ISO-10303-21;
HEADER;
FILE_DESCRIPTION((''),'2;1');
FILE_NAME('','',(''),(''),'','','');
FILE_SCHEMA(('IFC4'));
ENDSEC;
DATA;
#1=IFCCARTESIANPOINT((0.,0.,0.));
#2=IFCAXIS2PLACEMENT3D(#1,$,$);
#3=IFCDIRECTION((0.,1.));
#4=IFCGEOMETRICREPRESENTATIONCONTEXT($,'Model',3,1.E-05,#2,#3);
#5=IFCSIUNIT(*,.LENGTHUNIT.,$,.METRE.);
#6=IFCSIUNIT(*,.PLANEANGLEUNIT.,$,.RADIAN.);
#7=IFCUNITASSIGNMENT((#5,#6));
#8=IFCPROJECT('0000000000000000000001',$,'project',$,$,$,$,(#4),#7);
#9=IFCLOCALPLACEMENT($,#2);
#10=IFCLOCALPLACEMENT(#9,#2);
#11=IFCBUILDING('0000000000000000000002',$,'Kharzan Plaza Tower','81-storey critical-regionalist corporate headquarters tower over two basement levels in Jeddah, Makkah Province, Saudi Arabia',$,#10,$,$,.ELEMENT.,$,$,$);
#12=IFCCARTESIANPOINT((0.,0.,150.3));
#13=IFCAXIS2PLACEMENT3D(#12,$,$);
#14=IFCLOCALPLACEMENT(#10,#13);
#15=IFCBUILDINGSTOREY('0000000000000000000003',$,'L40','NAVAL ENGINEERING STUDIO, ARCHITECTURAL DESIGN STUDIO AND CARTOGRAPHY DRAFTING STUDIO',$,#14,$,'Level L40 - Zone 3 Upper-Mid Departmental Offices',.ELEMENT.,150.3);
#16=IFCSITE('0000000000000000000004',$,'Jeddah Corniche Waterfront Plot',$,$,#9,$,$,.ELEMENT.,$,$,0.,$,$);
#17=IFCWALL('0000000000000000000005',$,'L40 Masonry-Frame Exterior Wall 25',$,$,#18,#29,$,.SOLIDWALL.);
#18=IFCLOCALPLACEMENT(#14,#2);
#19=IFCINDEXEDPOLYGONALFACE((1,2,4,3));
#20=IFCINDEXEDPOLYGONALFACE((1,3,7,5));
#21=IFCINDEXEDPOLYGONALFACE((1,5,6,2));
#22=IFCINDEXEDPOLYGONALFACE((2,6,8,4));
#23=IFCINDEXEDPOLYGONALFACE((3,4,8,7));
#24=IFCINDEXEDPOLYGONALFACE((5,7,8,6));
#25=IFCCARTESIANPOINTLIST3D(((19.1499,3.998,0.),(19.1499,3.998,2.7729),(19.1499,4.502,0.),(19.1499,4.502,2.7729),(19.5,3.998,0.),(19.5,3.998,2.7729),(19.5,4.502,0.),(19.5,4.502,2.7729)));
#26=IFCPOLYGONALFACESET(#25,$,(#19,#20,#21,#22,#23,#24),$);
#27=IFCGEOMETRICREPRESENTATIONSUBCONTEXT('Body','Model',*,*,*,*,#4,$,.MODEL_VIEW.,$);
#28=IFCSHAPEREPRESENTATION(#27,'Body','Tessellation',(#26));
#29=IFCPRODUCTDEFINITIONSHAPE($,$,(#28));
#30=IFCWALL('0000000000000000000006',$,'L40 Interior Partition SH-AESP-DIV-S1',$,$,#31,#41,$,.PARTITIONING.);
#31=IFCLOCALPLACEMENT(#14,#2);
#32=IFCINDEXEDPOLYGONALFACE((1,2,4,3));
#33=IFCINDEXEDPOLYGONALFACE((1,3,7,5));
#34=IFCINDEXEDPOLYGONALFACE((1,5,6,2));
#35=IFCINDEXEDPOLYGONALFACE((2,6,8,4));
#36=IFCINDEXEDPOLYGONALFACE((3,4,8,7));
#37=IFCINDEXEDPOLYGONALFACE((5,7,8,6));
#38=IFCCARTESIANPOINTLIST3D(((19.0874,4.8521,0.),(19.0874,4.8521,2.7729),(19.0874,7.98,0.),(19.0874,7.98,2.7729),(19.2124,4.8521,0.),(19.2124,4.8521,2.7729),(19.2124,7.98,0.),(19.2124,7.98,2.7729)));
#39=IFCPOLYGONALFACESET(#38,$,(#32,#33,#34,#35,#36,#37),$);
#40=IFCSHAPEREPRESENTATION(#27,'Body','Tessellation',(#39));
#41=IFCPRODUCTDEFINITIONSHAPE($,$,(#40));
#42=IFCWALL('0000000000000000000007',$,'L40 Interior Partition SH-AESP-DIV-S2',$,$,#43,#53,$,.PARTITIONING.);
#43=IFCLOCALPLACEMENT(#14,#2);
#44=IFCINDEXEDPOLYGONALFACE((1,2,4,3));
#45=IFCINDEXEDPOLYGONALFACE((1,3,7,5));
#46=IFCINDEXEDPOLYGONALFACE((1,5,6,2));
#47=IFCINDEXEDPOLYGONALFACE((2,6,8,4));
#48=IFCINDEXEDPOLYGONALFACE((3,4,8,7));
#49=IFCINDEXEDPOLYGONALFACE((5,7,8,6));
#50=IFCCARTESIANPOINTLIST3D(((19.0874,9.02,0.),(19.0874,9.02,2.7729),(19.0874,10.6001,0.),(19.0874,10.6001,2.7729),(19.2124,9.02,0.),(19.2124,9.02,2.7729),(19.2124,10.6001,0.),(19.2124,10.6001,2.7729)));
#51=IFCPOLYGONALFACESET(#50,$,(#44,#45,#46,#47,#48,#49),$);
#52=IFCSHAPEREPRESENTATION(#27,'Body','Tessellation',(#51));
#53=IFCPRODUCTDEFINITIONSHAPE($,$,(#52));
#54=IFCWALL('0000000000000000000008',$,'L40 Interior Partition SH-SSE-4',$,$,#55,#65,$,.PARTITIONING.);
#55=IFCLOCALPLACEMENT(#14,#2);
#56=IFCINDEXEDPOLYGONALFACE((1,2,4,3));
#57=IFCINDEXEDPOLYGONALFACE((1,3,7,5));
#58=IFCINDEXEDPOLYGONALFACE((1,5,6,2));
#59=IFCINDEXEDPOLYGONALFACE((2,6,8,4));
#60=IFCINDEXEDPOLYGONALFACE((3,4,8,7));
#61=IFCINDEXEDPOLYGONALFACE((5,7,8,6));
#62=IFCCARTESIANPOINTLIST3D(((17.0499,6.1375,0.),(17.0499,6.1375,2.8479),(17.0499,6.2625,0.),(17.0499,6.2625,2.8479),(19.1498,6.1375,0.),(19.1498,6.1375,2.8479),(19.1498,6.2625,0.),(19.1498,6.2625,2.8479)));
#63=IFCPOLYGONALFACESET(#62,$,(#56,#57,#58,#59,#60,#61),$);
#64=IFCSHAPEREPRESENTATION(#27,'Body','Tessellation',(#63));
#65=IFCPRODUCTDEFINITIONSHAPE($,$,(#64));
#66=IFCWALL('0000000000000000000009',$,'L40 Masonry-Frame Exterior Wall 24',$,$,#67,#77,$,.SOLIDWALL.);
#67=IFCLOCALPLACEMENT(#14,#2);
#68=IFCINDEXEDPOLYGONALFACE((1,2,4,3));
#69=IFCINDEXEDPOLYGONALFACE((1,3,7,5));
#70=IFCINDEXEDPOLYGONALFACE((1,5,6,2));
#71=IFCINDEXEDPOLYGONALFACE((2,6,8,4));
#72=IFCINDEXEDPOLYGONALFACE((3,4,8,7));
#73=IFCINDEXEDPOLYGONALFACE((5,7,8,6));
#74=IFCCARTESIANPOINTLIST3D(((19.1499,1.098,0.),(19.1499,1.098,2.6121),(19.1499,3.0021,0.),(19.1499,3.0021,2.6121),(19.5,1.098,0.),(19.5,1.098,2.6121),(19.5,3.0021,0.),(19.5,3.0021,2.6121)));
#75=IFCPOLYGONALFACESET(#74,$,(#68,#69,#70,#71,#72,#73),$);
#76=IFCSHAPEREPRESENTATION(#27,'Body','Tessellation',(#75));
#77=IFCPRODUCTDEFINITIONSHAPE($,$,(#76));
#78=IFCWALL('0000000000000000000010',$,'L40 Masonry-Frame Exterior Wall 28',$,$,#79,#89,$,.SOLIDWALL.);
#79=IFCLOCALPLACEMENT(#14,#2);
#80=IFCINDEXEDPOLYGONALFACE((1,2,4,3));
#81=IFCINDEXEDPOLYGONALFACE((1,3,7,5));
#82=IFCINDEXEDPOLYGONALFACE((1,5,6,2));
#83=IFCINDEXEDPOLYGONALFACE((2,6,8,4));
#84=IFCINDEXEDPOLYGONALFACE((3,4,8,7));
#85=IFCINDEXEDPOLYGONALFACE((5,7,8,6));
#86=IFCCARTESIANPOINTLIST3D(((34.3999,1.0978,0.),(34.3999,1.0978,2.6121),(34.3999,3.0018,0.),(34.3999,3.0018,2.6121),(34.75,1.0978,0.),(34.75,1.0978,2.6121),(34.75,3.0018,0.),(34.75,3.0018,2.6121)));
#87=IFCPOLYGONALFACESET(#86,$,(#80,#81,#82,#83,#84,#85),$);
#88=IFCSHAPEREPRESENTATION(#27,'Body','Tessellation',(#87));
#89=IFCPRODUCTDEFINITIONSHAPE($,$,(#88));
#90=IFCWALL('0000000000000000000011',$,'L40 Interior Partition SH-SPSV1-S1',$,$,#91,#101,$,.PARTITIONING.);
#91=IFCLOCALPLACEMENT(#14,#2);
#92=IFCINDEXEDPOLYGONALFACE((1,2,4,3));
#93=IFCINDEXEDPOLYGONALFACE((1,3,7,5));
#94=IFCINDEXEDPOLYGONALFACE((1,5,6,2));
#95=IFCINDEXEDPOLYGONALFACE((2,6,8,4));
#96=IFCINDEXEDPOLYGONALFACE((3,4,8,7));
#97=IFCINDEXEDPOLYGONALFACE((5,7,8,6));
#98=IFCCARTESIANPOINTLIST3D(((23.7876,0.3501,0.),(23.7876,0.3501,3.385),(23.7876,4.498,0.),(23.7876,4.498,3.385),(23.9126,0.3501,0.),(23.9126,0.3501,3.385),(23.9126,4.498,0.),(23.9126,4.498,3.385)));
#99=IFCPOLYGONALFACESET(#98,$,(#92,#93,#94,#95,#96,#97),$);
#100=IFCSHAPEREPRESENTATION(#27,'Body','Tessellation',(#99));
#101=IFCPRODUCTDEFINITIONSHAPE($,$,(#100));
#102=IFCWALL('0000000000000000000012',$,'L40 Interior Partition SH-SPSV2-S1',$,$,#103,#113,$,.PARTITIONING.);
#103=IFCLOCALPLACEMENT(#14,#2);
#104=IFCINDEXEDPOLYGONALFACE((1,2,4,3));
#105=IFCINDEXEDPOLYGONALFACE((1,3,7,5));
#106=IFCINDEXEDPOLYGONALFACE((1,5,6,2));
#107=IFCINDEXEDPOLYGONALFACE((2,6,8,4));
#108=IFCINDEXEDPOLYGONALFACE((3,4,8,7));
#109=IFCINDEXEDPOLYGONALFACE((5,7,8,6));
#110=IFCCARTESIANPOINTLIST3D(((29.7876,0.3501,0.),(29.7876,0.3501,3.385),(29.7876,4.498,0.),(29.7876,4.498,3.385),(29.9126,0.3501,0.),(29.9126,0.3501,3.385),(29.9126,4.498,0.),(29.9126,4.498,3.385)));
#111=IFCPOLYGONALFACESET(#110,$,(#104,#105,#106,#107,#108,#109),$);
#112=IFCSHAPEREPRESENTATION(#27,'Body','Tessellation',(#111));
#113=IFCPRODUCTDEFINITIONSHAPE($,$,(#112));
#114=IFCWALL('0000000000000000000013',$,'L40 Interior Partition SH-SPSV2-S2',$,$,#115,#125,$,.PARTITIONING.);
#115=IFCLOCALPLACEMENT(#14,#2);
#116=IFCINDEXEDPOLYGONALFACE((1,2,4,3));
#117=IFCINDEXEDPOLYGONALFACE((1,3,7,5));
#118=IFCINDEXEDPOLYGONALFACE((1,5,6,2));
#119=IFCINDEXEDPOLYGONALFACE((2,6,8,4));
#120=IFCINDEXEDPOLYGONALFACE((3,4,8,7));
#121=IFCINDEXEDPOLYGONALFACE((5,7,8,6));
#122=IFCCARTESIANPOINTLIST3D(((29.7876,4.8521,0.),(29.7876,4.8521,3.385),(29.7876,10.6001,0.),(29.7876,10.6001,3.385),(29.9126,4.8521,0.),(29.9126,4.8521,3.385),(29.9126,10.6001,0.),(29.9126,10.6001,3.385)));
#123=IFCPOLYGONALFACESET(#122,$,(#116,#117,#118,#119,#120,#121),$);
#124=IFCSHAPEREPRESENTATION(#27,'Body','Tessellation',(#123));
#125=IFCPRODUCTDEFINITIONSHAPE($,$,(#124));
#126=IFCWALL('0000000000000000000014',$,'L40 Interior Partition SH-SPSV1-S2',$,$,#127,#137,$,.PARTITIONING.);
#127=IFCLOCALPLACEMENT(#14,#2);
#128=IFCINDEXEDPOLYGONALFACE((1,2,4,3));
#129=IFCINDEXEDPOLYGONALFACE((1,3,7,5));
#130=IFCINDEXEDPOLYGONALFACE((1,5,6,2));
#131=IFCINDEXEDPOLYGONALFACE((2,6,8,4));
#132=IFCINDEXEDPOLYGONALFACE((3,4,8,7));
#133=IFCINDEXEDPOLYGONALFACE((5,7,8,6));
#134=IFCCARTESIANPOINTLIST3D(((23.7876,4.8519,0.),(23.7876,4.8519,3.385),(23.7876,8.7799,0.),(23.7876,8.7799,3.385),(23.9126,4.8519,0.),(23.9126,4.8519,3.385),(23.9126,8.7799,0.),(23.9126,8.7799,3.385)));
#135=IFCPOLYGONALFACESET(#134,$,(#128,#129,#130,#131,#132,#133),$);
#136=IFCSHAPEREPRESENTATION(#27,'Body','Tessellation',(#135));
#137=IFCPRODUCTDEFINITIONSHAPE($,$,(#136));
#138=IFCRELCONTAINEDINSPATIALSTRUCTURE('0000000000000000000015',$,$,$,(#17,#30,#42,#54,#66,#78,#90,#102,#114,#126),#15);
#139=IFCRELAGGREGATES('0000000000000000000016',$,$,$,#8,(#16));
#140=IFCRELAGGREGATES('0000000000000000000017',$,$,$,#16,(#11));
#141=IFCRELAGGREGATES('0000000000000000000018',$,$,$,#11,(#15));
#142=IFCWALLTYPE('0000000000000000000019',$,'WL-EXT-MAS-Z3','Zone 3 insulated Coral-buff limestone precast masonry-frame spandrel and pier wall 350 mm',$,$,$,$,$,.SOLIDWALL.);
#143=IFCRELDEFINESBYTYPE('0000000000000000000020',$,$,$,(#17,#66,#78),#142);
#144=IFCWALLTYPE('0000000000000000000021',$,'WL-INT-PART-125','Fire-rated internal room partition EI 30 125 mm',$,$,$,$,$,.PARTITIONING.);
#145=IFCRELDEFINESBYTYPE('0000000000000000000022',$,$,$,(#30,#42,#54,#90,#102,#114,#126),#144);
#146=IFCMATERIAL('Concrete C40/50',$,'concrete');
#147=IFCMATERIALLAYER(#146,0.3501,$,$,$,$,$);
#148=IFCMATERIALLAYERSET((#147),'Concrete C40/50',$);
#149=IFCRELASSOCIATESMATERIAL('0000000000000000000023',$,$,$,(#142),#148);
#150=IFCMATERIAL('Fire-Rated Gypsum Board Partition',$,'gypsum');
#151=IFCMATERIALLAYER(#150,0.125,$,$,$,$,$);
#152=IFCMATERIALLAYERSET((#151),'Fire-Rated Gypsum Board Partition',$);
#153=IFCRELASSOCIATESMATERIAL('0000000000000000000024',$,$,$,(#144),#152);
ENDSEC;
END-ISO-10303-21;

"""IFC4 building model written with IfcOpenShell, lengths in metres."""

from ifc_helpers import new_model, si_unit, direction, frame, frame_2d, origin, place, context, subcontext, project, spatial, rectangle, extrude, source, transform, mapped, material, layer, layer_set, type_object, element, save


model = new_model("IFC4")

# Units and contexts
model_context = context("Model", 3, precision=1e-05, world=origin(), true_north=direction((0.0, 1.0)))
body_context = subcontext(model_context, "Body", "Model", "MODEL_VIEW")
ifc_project = project(units=[si_unit("LENGTHUNIT", "METRE"), si_unit("PLANEANGLEUNIT", "RADIAN")], contexts=[model_context])

# Site, building, storey
site_placement = place(None, origin())
site = spatial("IfcSite", under=ifc_project, at=site_placement, Name="Jeddah Corniche Waterfront Plot", CompositionType="ELEMENT", RefElevation=0.0)
building_placement = place(site_placement, origin())
building = spatial("IfcBuilding", under=site, at=building_placement, Name="Kharzan Plaza Tower", Description="81-storey critical-regionalist corporate headquarters tower over two basement levels in Jeddah, Makkah Province, Saudi Arabia", CompositionType="ELEMENT")
storey_placement = place(building_placement, frame((0.0, 0.0, 150.3)))
storey = spatial("IfcBuildingStorey", under=building, at=storey_placement, Name="L40", Description="NAVAL ENGINEERING STUDIO, ARCHITECTURAL DESIGN STUDIO AND CARTOGRAPHY DRAFTING STUDIO", LongName="Level L40 - Zone 3 Upper-Mid Departmental Offices", CompositionType="ELEMENT", Elevation=150.3)

# Shared definitions
ifc_material_1 = material(Name="Concrete C40/50", Category="concrete")
ifc_layer_1 = layer(ifc_material_1, 0.3501)
ifc_layer_set_1 = layer_set([ifc_layer_1], Name="Concrete C40/50")
wall_type_1 = type_object("IfcWallType", Name="WL-EXT-MAS-Z3", Description="Zone 3 insulated Coral-buff limestone precast masonry-frame spandrel and pier wall 350 mm", PredefinedType="SOLIDWALL", material=ifc_layer_set_1)

# Shared definitions
ifc_material_2 = material(Name="Fire-Rated Gypsum Board Partition", Category="gypsum")
ifc_layer_2 = layer(ifc_material_2, 0.125)
ifc_layer_set_2 = layer_set([ifc_layer_2], Name="Fire-Rated Gypsum Board Partition")
wall_type_2 = type_object("IfcWallType", Name="WL-INT-PART-125", Description="Fire-rated internal room partition EI 30 125 mm", PredefinedType="PARTITIONING", material=ifc_layer_set_2)

# Walls
shared_shape_1 = source(origin(), body_context, "Body", "SweptSolid", [
    extrude(rectangle(XDim=0.5039, YDim=0.3501, at=frame_2d((0.252, 0.0))), origin(), (0.0, 0.0, 1.0), 2.7729),
])
wall_1_placement = place(storey_placement, frame((19.325, 3.998, 0.0), z_axis=(0.0, 0.0, 1.0), x_axis=(0.0, 1.0, 0.0)))
element("IfcWall", 1, at=wall_1_placement, inside=storey, type_object=wall_type_1, Name="L40 Masonry-Frame Exterior Wall 25", PredefinedType="SOLIDWALL", context=body_context, shape_type="MappedRepresentation", body=[
    mapped(shared_shape_1, transform((0.0, 0.0, 0.0), x_axis=(1.0, 0.0, 0.0), y_axis=(0.0, 1.0, 0.0), z_axis=(0.0, 0.0, 1.0))),
])
shared_shape_2 = source(origin(), body_context, "Body", "SweptSolid", [
    extrude(rectangle(XDim=3.1279, YDim=0.125, at=frame_2d((1.564, 0.0))), origin(), (0.0, 0.0, 1.0), 2.7729),
])
wall_2_placement = place(storey_placement, frame((19.1499, 4.8521, 0.0), z_axis=(0.0, 0.0, 1.0), x_axis=(0.0, 1.0, 0.0)))
element("IfcWall", 2, at=wall_2_placement, inside=storey, type_object=wall_type_2, Name="L40 Interior Partition SH-AESP-DIV-S1", PredefinedType="PARTITIONING", context=body_context, shape_type="MappedRepresentation", body=[
    mapped(shared_shape_2, transform((0.0, 0.0, 0.0), x_axis=(1.0, 0.0, 0.0), y_axis=(0.0, 1.0, 0.0), z_axis=(0.0, 0.0, 1.0))),
])
shared_shape_3 = source(origin(), body_context, "Body", "SweptSolid", [
    extrude(rectangle(XDim=1.5801, YDim=0.125, at=frame_2d((0.79, 0.0))), origin(), (0.0, 0.0, 1.0), 2.7729),
])
wall_3_placement = place(storey_placement, frame((19.1499, 9.02, 0.0), z_axis=(0.0, 0.0, 1.0), x_axis=(0.0, 1.0, 0.0)))
element("IfcWall", 3, at=wall_3_placement, inside=storey, type_object=wall_type_2, Name="L40 Interior Partition SH-AESP-DIV-S2", PredefinedType="PARTITIONING", context=body_context, shape_type="MappedRepresentation", body=[
    mapped(shared_shape_3, transform((0.0, 0.0, 0.0), x_axis=(1.0, 0.0, 0.0), y_axis=(0.0, 1.0, 0.0), z_axis=(0.0, 0.0, 1.0))),
])
shared_shape_4 = source(origin(), body_context, "Body", "SweptSolid", [
    extrude(rectangle(XDim=2.0999, YDim=0.125, at=frame_2d((1.0498, 0.0))), origin(), (0.0, 0.0, 1.0), 2.8479),
])
wall_4_placement = place(storey_placement, frame((17.05, 6.2, 0.0), z_axis=(0.0, 0.0, 1.0), x_axis=(1.0, 0.0, 0.0)))
element("IfcWall", 4, at=wall_4_placement, inside=storey, type_object=wall_type_2, Name="L40 Interior Partition SH-SSE-4", PredefinedType="PARTITIONING", context=body_context, shape_type="MappedRepresentation", body=[
    mapped(shared_shape_4, transform((0.0, 0.0, 0.0), x_axis=(1.0, 0.0, 0.0), y_axis=(0.0, 1.0, 0.0), z_axis=(0.0, 0.0, 1.0))),
])
shared_shape_5 = source(origin(), body_context, "Body", "SweptSolid", [
    extrude(rectangle(XDim=1.9041, YDim=0.3501, at=frame_2d((0.9521, 0.0))), origin(), (0.0, 0.0, 1.0), 2.6121),
])
for number, where, z_axis, x_axis, name in (
    (5, (19.325, 1.0979, 0.0), (0.0, 0.0, 1.0), (0.0, 1.0, 0.0), "L40 Masonry-Frame Exterior Wall 24"),
    (6, (34.575, 3.002, 0.0), (0.0, 0.0, 1.0), (0.0, -1.0, 0.0), "L40 Masonry-Frame Exterior Wall 28"),
):
    element("IfcWall", number, at=place(storey_placement, frame(where, z_axis=z_axis, x_axis=x_axis)), inside=storey, type_object=wall_type_1, Name=name, PredefinedType="SOLIDWALL", context=body_context, shape_type="MappedRepresentation", body=[
        mapped(shared_shape_5, transform((0.0, 0.0, 0.0), x_axis=(1.0, 0.0, 0.0), y_axis=(0.0, 1.0, 0.0), z_axis=(0.0, 0.0, 1.0))),
    ])
shared_shape_6 = source(origin(), body_context, "Body", "SweptSolid", [
    extrude(rectangle(XDim=4.1479, YDim=0.125, at=frame_2d((2.074, 0.0))), origin(), (0.0, 0.0, 1.0), 3.385),
])
for number, where, z_axis, x_axis, name in (
    (7, (23.8501, 0.3501, 0.0), (0.0, 0.0, 1.0), (0.0, 1.0, 0.0), "L40 Interior Partition SH-SPSV1-S1"),
    (8, (29.8501, 0.3501, 0.0), (0.0, 0.0, 1.0), (0.0, 1.0, 0.0), "L40 Interior Partition SH-SPSV2-S1"),
):
    element("IfcWall", number, at=place(storey_placement, frame(where, z_axis=z_axis, x_axis=x_axis)), inside=storey, type_object=wall_type_2, Name=name, PredefinedType="PARTITIONING", context=body_context, shape_type="MappedRepresentation", body=[
        mapped(shared_shape_6, transform((0.0, 0.0, 0.0), x_axis=(1.0, 0.0, 0.0), y_axis=(0.0, 1.0, 0.0), z_axis=(0.0, 0.0, 1.0))),
    ])
shared_shape_7 = source(origin(), body_context, "Body", "SweptSolid", [
    extrude(rectangle(XDim=5.748, YDim=0.125, at=frame_2d((2.874, 0.0))), origin(), (0.0, 0.0, 1.0), 3.385),
])
wall_5_placement = place(storey_placement, frame((29.8501, 4.8521, 0.0), z_axis=(0.0, 0.0, 1.0), x_axis=(0.0, 1.0, 0.0)))
element("IfcWall", 9, at=wall_5_placement, inside=storey, type_object=wall_type_2, Name="L40 Interior Partition SH-SPSV2-S2", PredefinedType="PARTITIONING", context=body_context, shape_type="MappedRepresentation", body=[
    mapped(shared_shape_7, transform((0.0, 0.0, 0.0), x_axis=(1.0, 0.0, 0.0), y_axis=(0.0, 1.0, 0.0), z_axis=(0.0, 0.0, 1.0))),
])
shared_shape_8 = source(origin(), body_context, "Body", "SweptSolid", [
    extrude(rectangle(XDim=3.928, YDim=0.125, at=frame_2d((1.9639, 0.0))), origin(), (0.0, 0.0, 1.0), 3.385),
])
wall_6_placement = place(storey_placement, frame((23.8501, 4.8521, 0.0), z_axis=(0.0, 0.0, 1.0), x_axis=(0.0, 1.0, 0.0)))
element("IfcWall", 10, at=wall_6_placement, inside=storey, type_object=wall_type_2, Name="L40 Interior Partition SH-SPSV1-S2", PredefinedType="PARTITIONING", context=body_context, shape_type="MappedRepresentation", body=[
    mapped(shared_shape_8, transform((0.0, 0.0, 0.0), x_axis=(1.0, 0.0, 0.0), y_axis=(0.0, 1.0, 0.0), z_axis=(0.0, 0.0, 1.0))),
])

save(model, "model.ifc")
